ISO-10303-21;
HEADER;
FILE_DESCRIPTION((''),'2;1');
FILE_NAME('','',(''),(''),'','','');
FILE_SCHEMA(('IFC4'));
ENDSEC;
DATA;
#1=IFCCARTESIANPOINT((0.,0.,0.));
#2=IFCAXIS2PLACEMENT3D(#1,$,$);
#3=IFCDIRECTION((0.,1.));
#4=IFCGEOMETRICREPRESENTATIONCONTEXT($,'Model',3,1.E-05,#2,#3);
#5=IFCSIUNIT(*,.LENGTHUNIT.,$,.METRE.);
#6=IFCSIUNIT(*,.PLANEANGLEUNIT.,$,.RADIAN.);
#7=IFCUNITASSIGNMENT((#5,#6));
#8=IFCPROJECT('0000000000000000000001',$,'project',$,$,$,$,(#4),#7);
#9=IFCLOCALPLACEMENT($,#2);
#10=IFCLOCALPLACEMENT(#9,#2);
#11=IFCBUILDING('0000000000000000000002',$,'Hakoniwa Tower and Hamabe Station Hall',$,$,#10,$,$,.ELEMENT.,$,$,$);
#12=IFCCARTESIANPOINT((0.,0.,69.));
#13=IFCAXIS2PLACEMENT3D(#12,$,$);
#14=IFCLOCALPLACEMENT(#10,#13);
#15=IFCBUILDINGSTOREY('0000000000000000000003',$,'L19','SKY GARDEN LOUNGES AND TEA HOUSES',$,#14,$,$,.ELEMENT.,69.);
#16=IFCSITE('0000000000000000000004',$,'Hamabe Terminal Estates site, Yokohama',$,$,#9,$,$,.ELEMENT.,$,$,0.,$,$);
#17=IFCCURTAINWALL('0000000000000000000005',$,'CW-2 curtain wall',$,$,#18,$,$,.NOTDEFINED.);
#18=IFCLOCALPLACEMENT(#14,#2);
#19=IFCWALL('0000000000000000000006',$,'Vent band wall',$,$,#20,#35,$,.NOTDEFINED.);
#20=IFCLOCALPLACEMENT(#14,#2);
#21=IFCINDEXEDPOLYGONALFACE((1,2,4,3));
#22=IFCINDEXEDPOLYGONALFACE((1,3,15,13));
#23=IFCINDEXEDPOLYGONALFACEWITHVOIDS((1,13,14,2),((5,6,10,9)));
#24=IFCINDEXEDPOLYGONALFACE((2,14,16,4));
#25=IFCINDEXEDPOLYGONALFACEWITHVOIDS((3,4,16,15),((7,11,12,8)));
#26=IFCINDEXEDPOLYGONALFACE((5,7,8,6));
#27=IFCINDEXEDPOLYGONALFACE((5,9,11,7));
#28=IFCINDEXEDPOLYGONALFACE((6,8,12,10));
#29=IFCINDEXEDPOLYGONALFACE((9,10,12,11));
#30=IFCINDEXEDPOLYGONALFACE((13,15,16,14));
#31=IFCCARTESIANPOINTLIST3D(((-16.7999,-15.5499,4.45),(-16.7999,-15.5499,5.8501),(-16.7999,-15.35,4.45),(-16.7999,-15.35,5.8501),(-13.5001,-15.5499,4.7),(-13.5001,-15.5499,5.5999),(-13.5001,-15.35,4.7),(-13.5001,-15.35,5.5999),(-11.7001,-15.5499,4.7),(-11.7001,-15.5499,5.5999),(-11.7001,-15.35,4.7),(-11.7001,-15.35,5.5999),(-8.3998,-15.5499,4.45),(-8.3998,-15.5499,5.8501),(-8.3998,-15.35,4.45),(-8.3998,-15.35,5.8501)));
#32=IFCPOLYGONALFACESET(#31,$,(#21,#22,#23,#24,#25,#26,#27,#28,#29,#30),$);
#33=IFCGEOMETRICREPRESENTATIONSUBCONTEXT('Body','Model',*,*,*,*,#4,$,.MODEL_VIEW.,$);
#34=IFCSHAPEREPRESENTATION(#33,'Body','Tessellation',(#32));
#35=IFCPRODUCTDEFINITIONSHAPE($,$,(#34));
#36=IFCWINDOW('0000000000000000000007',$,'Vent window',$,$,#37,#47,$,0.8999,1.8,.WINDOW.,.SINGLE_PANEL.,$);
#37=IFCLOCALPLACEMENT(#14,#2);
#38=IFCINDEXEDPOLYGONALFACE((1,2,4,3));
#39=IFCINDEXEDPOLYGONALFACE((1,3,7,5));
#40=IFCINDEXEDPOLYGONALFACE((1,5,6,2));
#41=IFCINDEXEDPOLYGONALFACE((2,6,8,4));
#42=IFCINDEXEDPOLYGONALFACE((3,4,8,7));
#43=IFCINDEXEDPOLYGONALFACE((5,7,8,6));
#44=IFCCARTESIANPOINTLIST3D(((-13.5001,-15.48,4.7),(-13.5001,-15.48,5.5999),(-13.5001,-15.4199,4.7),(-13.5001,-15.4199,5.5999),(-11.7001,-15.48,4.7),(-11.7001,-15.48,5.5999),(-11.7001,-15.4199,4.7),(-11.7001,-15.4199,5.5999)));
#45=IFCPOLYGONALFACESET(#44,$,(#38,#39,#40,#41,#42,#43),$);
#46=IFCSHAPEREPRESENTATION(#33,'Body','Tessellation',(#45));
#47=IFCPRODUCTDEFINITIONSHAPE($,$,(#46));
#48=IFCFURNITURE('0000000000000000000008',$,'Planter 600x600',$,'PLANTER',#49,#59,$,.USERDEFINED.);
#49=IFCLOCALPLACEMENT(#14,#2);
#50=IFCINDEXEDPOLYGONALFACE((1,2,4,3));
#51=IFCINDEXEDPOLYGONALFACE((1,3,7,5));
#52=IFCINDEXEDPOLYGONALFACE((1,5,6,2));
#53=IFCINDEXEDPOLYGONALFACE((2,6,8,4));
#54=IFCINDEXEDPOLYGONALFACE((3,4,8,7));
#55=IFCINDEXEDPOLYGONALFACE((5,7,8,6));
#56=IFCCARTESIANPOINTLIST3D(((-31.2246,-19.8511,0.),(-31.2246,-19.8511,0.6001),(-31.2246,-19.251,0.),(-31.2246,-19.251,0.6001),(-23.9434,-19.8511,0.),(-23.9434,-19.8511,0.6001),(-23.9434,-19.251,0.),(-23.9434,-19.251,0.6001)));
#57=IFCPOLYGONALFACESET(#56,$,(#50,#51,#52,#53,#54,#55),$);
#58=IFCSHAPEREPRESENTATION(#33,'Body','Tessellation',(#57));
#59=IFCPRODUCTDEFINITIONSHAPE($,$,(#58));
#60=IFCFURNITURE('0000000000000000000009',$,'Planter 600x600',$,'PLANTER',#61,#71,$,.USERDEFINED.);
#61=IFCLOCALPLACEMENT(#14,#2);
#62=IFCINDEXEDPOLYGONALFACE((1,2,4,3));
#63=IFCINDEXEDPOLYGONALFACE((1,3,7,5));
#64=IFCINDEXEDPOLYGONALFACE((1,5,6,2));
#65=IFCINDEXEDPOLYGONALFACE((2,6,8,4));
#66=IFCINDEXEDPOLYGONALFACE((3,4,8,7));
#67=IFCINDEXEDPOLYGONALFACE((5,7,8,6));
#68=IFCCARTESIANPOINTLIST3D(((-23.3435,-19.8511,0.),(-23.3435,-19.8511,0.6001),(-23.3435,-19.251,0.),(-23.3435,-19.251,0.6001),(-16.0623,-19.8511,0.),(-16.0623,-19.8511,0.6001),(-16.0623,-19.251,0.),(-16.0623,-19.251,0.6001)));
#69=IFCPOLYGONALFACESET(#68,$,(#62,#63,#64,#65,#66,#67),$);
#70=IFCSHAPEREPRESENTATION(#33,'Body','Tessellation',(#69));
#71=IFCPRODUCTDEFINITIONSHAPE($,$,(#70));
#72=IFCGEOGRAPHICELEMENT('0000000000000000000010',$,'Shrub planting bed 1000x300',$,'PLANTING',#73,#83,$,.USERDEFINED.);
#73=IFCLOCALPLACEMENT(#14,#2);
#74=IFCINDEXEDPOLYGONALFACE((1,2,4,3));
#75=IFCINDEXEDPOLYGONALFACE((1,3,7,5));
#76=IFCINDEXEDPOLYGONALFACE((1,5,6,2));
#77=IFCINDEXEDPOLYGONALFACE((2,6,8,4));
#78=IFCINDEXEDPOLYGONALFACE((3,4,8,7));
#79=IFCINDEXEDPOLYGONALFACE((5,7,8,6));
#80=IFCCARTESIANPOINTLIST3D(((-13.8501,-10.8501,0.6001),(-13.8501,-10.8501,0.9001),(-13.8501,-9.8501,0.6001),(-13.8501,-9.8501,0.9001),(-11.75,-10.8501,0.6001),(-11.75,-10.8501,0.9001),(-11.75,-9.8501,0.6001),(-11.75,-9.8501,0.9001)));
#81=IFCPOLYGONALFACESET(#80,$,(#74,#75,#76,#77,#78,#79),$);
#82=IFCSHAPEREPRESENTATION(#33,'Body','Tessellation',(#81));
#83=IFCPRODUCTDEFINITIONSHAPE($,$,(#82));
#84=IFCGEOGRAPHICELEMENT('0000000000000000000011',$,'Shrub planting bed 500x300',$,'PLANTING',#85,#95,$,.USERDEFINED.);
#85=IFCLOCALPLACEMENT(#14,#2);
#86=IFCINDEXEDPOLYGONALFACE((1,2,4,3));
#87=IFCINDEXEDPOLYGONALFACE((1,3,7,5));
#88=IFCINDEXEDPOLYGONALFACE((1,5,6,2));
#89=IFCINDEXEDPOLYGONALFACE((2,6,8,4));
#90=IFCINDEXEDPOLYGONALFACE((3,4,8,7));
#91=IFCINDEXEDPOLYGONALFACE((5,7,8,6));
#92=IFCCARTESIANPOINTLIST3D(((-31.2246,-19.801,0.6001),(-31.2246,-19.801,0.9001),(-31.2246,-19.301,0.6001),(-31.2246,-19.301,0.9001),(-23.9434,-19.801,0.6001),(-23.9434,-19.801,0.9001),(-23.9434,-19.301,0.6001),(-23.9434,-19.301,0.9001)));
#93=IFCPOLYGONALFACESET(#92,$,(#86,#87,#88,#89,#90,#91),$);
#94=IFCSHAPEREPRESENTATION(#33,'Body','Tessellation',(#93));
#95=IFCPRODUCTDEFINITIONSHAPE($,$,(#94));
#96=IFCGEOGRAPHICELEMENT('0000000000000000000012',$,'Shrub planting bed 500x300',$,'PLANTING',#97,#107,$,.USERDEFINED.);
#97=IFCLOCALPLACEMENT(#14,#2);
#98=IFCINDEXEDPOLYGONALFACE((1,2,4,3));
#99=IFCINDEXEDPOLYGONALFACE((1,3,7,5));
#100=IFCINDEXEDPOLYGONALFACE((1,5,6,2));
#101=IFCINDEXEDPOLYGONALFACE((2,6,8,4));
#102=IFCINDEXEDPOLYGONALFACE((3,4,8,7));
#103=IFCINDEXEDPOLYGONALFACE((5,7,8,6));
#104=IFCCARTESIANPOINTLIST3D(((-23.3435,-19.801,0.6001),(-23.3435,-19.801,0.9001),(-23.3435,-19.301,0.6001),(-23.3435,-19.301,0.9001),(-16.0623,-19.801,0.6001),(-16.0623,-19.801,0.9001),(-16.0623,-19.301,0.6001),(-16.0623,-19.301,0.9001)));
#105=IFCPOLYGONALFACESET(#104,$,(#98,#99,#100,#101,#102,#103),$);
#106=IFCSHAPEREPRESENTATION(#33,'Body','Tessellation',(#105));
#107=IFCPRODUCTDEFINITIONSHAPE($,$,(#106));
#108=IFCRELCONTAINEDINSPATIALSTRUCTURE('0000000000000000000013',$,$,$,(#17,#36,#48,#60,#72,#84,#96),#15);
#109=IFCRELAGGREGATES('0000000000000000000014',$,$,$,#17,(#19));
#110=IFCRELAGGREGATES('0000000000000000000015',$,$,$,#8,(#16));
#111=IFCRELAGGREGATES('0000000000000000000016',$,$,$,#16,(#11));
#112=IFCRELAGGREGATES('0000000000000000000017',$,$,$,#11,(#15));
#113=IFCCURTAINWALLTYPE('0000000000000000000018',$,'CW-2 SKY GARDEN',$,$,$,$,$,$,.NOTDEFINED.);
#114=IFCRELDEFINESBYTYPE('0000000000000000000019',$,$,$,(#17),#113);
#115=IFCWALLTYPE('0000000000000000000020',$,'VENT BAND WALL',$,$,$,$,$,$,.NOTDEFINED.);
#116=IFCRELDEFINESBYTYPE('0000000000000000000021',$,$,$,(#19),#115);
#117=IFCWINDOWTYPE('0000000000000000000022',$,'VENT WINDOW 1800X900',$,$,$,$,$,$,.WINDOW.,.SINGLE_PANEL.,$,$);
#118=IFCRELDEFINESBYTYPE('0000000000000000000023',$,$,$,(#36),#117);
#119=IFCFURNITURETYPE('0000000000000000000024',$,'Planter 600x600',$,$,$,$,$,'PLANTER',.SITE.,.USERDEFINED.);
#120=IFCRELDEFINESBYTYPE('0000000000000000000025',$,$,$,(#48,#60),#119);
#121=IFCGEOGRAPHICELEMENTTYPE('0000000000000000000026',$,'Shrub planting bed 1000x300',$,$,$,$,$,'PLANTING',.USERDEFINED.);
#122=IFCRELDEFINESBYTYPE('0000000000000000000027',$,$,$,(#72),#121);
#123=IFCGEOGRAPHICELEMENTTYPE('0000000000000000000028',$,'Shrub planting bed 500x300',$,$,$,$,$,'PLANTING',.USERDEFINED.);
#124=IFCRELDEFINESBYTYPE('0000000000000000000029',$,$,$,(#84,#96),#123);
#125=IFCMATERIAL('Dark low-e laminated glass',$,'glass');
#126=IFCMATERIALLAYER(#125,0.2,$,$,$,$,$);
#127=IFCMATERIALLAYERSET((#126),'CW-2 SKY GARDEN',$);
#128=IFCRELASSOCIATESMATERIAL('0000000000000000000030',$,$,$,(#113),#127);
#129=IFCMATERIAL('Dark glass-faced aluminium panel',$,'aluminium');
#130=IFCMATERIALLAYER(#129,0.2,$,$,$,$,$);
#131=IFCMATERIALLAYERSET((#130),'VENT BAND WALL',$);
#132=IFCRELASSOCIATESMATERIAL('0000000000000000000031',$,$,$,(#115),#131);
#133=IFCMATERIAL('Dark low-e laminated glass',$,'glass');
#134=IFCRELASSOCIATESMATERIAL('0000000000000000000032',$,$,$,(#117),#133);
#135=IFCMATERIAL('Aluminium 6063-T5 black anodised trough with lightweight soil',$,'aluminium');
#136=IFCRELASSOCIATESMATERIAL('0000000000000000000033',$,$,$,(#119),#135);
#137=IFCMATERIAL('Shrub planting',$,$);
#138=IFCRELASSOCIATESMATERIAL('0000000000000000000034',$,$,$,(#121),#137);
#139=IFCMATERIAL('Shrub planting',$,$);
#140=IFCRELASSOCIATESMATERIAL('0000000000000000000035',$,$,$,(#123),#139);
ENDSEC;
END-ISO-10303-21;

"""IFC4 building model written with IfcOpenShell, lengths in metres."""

from ifc_helpers import new_model, si_unit, direction, frame, frame_2d, origin, origin_2d, place, context, subcontext, project, spatial, rectangle, extrude, material, layer, layer_set, type_object, element, fill, aggregate, save


model = new_model("IFC4")

# Units and contexts
model_context = context("Model", 3, precision=1e-05, world=origin(), true_north=direction((0.0, 1.0)))
body_context = subcontext(model_context, "Body", "Model", "MODEL_VIEW")
ifc_project = project(units=[si_unit("LENGTHUNIT", "METRE"), si_unit("PLANEANGLEUNIT", "RADIAN")], contexts=[model_context])

# Site, building, storey
site_placement = place(None, origin())
site = spatial("IfcSite", under=ifc_project, at=site_placement, Name="Hamabe Terminal Estates site, Yokohama", CompositionType="ELEMENT", RefElevation=0.0)
building_placement = place(site_placement, origin())
building = spatial("IfcBuilding", under=site, at=building_placement, Name="Hakoniwa Tower and Hamabe Station Hall", CompositionType="ELEMENT")
storey_placement = place(building_placement, frame((0.0, 0.0, 69.0)))
storey = spatial("IfcBuildingStorey", under=building, at=storey_placement, Name="L19", Description="SKY GARDEN LOUNGES AND TEA HOUSES", CompositionType="ELEMENT", Elevation=69.0)

# Curtain wall
ifc_material_1 = material(Name="Dark low-e laminated glass", Category="glass")
ifc_layer_1 = layer(ifc_material_1, 0.2)
ifc_layer_set_1 = layer_set([ifc_layer_1], Name="CW-2 SKY GARDEN")
curtain_wall_type = type_object("IfcCurtainWallType", Name="CW-2 SKY GARDEN", PredefinedType="NOTDEFINED", material=ifc_layer_set_1)
curtain_wall_placement = place(storey_placement, origin())
curtain_wall = element("IfcCurtainWall", 1, at=curtain_wall_placement, inside=storey, type_object=curtain_wall_type, Name="CW-2 curtain wall", PredefinedType="NOTDEFINED")

# Wall, opening, window
ifc_material_2 = material(Name="Dark glass-faced aluminium panel", Category="aluminium")
ifc_layer_2 = layer(ifc_material_2, 0.2)
ifc_layer_set_2 = layer_set([ifc_layer_2], Name="VENT BAND WALL")
wall_type_1 = type_object("IfcWallType", Name="VENT BAND WALL", PredefinedType="NOTDEFINED", material=ifc_layer_set_2)
ifc_material_3 = material(Name="Dark low-e laminated glass", Category="glass")
window_type = type_object("IfcWindowType", Name="VENT WINDOW 1800X900", PartitioningType="SINGLE_PANEL", PredefinedType="WINDOW", material=ifc_material_3)
wall_1_placement = place(storey_placement, frame((-16.8, -15.45, 4.45), z_axis=(0.0, 0.0, 1.0), x_axis=(1.0, 0.0, 0.0)))
wall_1 = element("IfcWall", 2, at=wall_1_placement, type_object=wall_type_1, Name="Vent band wall", PredefinedType="NOTDEFINED", context=body_context, shape_type="SweptSolid", body=[
    extrude(rectangle(XDim=8.4001, YDim=0.2, at=frame_2d((4.2002, 0.0))), origin(), (0.0, 0.0, 1.0), 1.4001),
])
opening_1_placement = place(wall_1_placement, frame((3.3, 0.0, 0.25)))
opening_1 = element("IfcOpeningElement", 3, at=opening_1_placement, cuts=wall_1, PredefinedType="OPENING", context=body_context, shape_type="SweptSolid", body=[
    extrude(rectangle(XDim=1.8, YDim=0.8999, at=frame_2d((0.8999, 0.45))), frame((0.0, 0.1099, 0.0), z_axis=(0.0, -1.0, 0.0), x_axis=(1.0, 0.0, 0.0)), (0.0, 0.0, 1.0), 0.22),
])
window_1_placement = place(opening_1_placement, origin())
window_1 = element("IfcWindow", 4, at=window_1_placement, inside=storey, type_object=window_type, Name="Vent window", OverallHeight=0.8999, OverallWidth=1.8, PartitioningType="SINGLE_PANEL", PredefinedType="WINDOW", context=body_context, shape_type="SweptSolid", body=[
    extrude(rectangle(XDim=1.8, YDim=0.8999, at=frame_2d((0.8999, 0.45))), frame((0.0, 0.03, 0.0), z_axis=(0.0, -1.0, 0.0), x_axis=(1.0, 0.0, 0.0)), (0.0, 0.0, 1.0), 0.0601),
])
fill(opening_1, window_1)
aggregate(curtain_wall, [wall_1])

# Furniture
ifc_material_4 = material(Name="Aluminium 6063-T5 black anodised trough with lightweight soil", Category="aluminium")
furniture_type = type_object("IfcFurnitureType", Name="Planter 600x600", ElementType="PLANTER", AssemblyPlace="SITE", PredefinedType="USERDEFINED", material=ifc_material_4)
for number, where, z_axis, x_axis, name in (
    (5, (-27.584, -19.551, 0.0), (0.0, 0.0, 1.0), (1.0, 0.0, 0.0), "Planter 600x600"),
    (6, (-19.7029, -19.551, 0.0), (0.0, 0.0, 1.0), (1.0, 0.0, 0.0), "Planter 600x600"),
):
    element("IfcFurniture", number, at=place(storey_placement, frame(where, z_axis=z_axis, x_axis=x_axis)), inside=storey, type_object=furniture_type, Name=name, ObjectType="PLANTER", PredefinedType="USERDEFINED", context=body_context, shape_type="SweptSolid", body=[
        extrude(rectangle(XDim=7.2812, YDim=0.6001, at=origin_2d()), origin(), (0.0, 0.0, 1.0), 0.6001),
    ])

# Geographic elements
ifc_material_5 = material(Name="Shrub planting")
geographic_element_type_1 = type_object("IfcGeographicElementType", Name="Shrub planting bed 1000x300", ElementType="PLANTING", PredefinedType="USERDEFINED", material=ifc_material_5)
geographic_element_placement = place(storey_placement, frame((-12.8, -10.3501, 0.6001), z_axis=(0.0, 0.0, 1.0), x_axis=(1.0, 0.0, 0.0)))
element("IfcGeographicElement", 7, at=geographic_element_placement, inside=storey, type_object=geographic_element_type_1, Name="Shrub planting bed 1000x300", ObjectType="PLANTING", PredefinedType="USERDEFINED", context=body_context, shape_type="SweptSolid", body=[
    extrude(rectangle(XDim=2.1001, YDim=1.0, at=origin_2d()), origin(), (0.0, 0.0, 1.0), 0.3),
])
ifc_material_6 = material(Name="Shrub planting")
geographic_element_type_2 = type_object("IfcGeographicElementType", Name="Shrub planting bed 500x300", ElementType="PLANTING", PredefinedType="USERDEFINED", material=ifc_material_6)
for number, where, z_axis, x_axis, name in (
    (8, (-27.584, -19.551, 0.6001), (0.0, 0.0, 1.0), (1.0, 0.0, 0.0), "Shrub planting bed 500x300"),
    (9, (-19.7029, -19.551, 0.6001), (0.0, 0.0, 1.0), (1.0, 0.0, 0.0), "Shrub planting bed 500x300"),
):
    element("IfcGeographicElement", number, at=place(storey_placement, frame(where, z_axis=z_axis, x_axis=x_axis)), inside=storey, type_object=geographic_element_type_2, Name=name, ObjectType="PLANTING", PredefinedType="USERDEFINED", context=body_context, shape_type="SweptSolid", body=[
        extrude(rectangle(XDim=7.2812, YDim=0.5, at=origin_2d()), origin(), (0.0, 0.0, 1.0), 0.3),
    ])

save(model, "model.ifc")
